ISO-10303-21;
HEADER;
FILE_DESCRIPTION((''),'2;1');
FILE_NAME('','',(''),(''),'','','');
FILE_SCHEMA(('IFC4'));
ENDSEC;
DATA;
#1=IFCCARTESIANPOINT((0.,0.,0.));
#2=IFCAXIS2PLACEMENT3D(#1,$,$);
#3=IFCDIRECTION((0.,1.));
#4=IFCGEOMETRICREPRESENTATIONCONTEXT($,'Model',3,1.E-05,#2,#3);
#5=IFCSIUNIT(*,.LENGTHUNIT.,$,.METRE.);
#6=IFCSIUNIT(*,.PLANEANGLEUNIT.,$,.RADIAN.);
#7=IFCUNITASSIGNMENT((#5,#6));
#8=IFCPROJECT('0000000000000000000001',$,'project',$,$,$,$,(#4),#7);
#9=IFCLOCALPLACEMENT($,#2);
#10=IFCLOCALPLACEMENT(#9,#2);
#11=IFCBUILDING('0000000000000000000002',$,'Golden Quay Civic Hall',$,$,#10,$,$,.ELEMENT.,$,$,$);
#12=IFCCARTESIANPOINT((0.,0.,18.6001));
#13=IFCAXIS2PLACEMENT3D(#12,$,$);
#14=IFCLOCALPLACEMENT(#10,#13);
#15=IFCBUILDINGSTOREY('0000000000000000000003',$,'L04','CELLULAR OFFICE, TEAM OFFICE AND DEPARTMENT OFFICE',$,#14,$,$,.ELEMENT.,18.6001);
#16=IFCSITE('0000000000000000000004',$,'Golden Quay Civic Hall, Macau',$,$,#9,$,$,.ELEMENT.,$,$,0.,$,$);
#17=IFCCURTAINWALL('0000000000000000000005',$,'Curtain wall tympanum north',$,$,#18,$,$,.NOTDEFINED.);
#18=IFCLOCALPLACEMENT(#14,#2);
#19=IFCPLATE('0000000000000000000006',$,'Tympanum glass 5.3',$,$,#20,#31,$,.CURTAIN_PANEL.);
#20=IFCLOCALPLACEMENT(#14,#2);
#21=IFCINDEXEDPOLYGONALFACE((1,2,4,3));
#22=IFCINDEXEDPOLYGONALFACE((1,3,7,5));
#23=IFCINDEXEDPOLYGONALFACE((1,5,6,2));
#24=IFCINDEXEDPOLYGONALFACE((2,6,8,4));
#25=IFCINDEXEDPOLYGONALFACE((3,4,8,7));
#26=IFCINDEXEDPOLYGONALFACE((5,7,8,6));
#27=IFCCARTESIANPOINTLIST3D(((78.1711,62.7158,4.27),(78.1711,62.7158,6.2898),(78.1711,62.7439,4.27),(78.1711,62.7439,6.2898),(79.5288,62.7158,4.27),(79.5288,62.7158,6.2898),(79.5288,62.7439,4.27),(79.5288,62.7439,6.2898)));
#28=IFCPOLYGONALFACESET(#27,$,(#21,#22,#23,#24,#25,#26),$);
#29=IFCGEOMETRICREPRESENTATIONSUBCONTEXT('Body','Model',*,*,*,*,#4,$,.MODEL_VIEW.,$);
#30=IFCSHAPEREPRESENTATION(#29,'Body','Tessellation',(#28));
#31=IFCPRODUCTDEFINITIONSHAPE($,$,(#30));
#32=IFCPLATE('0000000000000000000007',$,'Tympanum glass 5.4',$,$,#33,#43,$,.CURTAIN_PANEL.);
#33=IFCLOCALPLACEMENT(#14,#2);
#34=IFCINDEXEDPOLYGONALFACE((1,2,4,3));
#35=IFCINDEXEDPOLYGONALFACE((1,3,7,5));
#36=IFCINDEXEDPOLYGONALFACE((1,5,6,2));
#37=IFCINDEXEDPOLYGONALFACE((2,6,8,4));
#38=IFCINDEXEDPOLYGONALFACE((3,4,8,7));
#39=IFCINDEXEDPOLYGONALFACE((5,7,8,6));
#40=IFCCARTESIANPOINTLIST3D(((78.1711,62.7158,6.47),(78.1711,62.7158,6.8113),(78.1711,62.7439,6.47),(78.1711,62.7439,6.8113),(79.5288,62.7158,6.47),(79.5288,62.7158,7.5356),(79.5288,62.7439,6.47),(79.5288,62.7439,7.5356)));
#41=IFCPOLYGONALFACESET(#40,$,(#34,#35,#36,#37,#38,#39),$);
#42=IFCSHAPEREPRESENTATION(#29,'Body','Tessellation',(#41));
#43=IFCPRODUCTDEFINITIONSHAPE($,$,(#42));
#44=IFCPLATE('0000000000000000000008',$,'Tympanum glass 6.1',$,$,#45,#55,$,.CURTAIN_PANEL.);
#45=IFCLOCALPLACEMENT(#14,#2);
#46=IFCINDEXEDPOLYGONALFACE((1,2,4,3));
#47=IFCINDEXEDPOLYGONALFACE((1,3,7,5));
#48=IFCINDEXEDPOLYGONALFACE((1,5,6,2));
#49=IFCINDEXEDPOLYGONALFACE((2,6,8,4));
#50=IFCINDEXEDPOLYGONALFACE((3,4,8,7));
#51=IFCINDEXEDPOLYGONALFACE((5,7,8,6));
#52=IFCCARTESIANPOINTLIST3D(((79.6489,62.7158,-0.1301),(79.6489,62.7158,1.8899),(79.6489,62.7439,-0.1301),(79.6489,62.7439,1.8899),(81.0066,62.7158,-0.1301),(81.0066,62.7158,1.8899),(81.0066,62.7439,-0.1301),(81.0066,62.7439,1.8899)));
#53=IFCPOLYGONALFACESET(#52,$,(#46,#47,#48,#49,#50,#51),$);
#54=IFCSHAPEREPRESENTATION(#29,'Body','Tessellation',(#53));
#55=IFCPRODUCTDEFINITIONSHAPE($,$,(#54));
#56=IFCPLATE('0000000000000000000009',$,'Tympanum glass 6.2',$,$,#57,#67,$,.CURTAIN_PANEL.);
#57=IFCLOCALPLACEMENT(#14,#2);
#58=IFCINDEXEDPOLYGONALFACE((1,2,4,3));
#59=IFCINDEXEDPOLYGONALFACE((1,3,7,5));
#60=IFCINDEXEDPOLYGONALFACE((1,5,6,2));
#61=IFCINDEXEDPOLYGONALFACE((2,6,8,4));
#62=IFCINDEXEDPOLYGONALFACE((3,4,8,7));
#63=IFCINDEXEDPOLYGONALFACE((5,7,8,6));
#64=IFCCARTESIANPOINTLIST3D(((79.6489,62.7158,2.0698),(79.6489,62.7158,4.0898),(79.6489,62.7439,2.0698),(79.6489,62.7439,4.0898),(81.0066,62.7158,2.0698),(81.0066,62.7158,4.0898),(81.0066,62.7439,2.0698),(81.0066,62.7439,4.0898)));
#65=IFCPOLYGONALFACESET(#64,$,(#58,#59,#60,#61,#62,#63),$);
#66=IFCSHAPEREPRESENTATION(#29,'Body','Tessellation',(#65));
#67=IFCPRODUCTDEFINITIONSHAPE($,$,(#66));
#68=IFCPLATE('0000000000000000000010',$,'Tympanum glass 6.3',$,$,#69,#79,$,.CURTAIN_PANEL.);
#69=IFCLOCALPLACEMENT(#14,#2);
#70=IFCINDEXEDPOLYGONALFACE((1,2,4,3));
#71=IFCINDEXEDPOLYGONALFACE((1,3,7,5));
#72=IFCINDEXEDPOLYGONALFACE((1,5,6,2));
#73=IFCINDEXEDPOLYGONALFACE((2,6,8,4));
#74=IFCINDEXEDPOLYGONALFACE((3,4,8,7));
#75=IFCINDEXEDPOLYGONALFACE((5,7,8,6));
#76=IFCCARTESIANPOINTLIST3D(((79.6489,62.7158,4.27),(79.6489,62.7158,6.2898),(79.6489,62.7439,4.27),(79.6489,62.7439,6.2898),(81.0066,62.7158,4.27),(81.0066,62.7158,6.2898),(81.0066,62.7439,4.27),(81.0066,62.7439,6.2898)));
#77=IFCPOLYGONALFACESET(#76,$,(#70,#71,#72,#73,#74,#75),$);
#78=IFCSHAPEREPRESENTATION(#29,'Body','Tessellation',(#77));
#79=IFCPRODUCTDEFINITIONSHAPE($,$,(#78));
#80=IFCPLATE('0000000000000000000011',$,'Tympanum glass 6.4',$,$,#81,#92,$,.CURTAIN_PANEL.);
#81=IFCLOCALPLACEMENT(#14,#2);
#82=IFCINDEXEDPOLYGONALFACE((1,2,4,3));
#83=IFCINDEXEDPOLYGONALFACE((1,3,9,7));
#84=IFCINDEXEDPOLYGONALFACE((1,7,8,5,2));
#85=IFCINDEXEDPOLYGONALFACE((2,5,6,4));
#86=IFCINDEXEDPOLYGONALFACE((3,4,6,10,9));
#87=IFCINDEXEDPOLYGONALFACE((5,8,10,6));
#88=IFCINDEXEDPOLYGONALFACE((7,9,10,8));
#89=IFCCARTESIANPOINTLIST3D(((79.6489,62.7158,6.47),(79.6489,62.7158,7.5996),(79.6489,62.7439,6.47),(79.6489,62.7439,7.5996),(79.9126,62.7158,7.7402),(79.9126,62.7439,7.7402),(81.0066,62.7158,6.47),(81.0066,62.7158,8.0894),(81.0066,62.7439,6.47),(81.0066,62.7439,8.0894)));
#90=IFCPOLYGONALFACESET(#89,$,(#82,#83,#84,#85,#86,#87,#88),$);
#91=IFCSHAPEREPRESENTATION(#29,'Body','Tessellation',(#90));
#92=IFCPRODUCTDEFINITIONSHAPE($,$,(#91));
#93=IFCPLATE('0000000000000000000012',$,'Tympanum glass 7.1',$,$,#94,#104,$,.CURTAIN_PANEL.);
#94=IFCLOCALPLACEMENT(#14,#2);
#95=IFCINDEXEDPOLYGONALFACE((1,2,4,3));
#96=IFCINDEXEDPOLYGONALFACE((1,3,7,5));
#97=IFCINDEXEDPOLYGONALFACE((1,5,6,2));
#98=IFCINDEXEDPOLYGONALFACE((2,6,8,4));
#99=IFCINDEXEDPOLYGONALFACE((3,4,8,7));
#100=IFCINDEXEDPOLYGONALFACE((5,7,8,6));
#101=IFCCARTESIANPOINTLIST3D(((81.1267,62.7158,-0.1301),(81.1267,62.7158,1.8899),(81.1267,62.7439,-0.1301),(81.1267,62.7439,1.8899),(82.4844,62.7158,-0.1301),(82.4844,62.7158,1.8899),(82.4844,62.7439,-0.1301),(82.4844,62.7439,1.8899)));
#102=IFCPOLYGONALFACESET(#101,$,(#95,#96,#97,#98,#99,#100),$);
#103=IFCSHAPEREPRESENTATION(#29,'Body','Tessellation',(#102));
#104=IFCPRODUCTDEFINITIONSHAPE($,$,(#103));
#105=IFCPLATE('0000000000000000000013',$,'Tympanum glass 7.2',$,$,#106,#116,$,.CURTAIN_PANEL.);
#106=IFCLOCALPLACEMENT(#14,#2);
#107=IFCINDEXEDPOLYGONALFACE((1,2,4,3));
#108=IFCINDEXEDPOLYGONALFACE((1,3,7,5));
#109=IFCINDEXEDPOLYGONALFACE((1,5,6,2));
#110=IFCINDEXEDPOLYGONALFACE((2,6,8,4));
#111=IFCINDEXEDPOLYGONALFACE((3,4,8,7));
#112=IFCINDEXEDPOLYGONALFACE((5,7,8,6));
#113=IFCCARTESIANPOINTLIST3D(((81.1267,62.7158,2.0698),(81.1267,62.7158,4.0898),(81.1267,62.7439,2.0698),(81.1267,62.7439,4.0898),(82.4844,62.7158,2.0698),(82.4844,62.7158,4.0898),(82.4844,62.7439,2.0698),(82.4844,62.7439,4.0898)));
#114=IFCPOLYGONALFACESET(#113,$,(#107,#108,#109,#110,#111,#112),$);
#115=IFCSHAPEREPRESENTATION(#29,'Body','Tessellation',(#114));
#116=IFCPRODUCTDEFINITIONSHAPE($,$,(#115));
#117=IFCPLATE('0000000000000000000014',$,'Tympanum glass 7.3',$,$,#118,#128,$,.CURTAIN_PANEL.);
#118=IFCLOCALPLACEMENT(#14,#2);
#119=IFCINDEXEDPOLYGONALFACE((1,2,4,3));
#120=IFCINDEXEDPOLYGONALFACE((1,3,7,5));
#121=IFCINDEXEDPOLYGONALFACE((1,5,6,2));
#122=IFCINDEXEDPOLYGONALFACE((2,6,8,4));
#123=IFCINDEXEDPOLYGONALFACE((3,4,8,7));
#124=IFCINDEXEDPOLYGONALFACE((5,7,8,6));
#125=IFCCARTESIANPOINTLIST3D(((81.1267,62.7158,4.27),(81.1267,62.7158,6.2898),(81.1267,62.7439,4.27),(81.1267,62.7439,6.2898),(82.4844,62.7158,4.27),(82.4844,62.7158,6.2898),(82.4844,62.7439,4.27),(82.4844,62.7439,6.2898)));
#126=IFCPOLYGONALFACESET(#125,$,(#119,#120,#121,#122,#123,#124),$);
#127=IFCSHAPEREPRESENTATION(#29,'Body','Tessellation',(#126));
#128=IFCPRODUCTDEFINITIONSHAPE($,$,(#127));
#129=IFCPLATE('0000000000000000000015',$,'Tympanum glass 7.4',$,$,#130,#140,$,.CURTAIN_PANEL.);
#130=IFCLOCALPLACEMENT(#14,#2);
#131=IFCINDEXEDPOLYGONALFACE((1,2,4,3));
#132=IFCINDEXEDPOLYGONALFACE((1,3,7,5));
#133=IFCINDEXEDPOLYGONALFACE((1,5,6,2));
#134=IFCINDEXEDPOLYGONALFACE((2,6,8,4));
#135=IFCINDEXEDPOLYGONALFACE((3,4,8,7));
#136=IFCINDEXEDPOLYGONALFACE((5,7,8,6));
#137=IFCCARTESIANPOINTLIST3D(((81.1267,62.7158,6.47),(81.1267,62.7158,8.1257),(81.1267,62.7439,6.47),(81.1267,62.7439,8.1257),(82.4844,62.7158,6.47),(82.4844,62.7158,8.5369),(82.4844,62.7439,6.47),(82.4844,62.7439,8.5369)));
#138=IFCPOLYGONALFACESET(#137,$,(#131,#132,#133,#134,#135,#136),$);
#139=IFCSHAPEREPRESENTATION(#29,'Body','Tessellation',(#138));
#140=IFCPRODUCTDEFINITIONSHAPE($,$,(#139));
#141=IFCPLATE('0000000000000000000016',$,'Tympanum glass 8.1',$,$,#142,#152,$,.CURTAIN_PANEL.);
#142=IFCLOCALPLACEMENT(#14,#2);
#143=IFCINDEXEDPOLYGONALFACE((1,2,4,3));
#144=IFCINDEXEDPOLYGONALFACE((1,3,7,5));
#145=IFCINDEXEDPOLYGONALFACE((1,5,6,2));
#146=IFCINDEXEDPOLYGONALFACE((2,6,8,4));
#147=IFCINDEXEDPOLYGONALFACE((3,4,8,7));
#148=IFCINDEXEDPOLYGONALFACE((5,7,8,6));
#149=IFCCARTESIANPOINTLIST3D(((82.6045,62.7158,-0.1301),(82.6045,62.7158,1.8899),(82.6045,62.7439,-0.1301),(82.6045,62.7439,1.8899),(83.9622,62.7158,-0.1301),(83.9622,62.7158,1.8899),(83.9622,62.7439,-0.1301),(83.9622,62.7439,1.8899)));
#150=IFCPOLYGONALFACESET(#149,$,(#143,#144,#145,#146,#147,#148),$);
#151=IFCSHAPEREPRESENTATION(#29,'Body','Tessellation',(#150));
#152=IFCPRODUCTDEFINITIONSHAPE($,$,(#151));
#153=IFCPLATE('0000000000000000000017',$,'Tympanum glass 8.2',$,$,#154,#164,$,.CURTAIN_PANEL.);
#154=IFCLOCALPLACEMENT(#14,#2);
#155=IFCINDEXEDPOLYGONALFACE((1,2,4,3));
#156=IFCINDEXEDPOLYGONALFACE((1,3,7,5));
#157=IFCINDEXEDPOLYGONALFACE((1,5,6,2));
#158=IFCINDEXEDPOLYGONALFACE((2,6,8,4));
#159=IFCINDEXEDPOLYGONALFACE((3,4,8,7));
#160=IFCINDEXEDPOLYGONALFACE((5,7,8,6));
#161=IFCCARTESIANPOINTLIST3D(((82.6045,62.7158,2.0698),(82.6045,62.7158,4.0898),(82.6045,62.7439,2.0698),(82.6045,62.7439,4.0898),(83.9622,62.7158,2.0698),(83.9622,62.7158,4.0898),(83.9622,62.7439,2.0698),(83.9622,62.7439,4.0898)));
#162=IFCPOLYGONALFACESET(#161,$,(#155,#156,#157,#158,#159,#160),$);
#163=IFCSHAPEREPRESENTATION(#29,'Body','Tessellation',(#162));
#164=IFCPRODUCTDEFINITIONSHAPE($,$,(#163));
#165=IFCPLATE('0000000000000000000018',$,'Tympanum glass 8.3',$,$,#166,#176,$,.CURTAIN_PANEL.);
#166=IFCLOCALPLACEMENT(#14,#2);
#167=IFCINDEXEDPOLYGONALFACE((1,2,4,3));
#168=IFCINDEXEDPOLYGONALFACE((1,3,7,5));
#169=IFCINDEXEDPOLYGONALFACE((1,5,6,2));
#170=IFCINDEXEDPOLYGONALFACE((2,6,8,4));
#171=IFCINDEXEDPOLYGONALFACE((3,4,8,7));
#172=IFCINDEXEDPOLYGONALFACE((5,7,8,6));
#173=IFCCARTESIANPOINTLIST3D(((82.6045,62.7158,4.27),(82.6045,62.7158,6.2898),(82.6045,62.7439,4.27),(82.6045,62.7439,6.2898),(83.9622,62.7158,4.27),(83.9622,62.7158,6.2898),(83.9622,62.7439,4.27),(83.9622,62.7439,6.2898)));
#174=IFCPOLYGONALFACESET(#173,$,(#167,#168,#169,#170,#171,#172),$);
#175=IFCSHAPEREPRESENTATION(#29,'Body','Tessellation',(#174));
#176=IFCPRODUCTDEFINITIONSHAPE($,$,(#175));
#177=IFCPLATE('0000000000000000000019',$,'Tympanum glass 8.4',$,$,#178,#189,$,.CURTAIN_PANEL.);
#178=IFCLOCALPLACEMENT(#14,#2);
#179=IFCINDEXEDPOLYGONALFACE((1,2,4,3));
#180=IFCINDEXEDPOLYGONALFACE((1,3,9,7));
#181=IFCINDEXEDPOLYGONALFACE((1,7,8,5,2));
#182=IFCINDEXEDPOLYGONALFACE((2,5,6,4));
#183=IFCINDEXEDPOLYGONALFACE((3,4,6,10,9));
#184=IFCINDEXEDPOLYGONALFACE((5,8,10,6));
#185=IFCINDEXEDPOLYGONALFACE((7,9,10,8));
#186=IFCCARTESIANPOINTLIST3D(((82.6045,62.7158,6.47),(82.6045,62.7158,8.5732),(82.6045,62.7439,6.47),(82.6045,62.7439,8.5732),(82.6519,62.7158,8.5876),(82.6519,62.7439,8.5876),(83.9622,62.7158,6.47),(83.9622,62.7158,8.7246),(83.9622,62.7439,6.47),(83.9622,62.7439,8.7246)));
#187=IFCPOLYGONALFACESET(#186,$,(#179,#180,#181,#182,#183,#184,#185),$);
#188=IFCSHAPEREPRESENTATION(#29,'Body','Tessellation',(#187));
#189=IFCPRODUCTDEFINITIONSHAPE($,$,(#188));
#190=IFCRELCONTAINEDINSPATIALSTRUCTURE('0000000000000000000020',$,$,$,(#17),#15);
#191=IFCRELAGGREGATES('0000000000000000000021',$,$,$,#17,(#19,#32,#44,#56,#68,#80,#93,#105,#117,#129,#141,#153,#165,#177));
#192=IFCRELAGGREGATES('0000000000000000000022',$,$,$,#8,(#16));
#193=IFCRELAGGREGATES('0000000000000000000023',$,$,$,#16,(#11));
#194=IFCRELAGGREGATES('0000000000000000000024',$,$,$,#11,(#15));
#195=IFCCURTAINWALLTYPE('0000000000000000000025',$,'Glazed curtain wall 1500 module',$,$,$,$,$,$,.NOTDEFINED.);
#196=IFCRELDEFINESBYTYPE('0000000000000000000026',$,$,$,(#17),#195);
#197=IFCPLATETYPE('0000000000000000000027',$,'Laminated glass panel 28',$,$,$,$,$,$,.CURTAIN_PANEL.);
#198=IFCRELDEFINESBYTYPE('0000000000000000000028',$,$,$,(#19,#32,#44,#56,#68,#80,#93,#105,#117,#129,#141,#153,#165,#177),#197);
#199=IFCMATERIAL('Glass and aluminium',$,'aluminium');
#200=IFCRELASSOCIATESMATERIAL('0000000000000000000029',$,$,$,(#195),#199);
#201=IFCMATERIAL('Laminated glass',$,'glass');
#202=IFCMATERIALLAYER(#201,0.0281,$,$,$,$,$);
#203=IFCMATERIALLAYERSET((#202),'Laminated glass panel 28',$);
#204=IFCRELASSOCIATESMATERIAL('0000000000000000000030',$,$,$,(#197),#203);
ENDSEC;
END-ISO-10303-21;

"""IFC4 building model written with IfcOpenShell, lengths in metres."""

from ifc_helpers import new_model, si_unit, direction, frame, origin, place, context, subcontext, project, spatial, polyline, outline, extrude, material, layer, layer_set, type_object, element, aggregate, save


model = new_model("IFC4")

# Units and contexts
model_context = context("Model", 3, precision=1e-05, world=origin(), true_north=direction((0.0, 1.0)))
body_context = subcontext(model_context, "Body", "Model", "MODEL_VIEW")
ifc_project = project(units=[si_unit("LENGTHUNIT", "METRE"), si_unit("PLANEANGLEUNIT", "RADIAN")], contexts=[model_context])

# Site, building, storey
site_placement = place(None, origin())
site = spatial("IfcSite", under=ifc_project, at=site_placement, Name="Golden Quay Civic Hall, Macau", CompositionType="ELEMENT", RefElevation=0.0)
building_placement = place(site_placement, origin())
building = spatial("IfcBuilding", under=site, at=building_placement, Name="Golden Quay Civic Hall", CompositionType="ELEMENT")
storey_placement = place(building_placement, frame((0.0, 0.0, 18.6001)))
storey = spatial("IfcBuildingStorey", under=building, at=storey_placement, Name="L04", Description="CELLULAR OFFICE, TEAM OFFICE AND DEPARTMENT OFFICE", CompositionType="ELEMENT", Elevation=18.6001)

# Curtain wall, plates
ifc_material_1 = material(Name="Glass and aluminium", Category="aluminium")
curtain_wall_type = type_object("IfcCurtainWallType", Name="Glazed curtain wall 1500 module", PredefinedType="NOTDEFINED", material=ifc_material_1)
curtain_wall_placement = place(storey_placement, origin())
curtain_wall = element("IfcCurtainWall", 1, at=curtain_wall_placement, inside=storey, type_object=curtain_wall_type, Name="Curtain wall tympanum north", PredefinedType="NOTDEFINED")
ifc_material_2 = material(Name="Laminated glass", Category="glass")
ifc_layer_1 = layer(ifc_material_2, 0.0281)
ifc_layer_set_1 = layer_set([ifc_layer_1], Name="Laminated glass panel 28")
plate_type = type_object("IfcPlateType", Name="Laminated glass panel 28", PredefinedType="CURTAIN_PANEL", material=ifc_layer_set_1)
plate_1_placement = place(storey_placement, frame((79.5288, 62.7439, 4.27), z_axis=(0.0, 1.0, 0.0), x_axis=(-1.0, 0.0, 0.0)))
plate_1 = element("IfcPlate", 2, at=plate_1_placement, type_object=plate_type, Name="Tympanum glass 5.3", PredefinedType="CURTAIN_PANEL", context=body_context, shape_type="SweptSolid", body=[
    extrude(outline(polyline([(0.0, 0.0), (1.3577, 0.0), (1.3577, 2.0198), (0.0, 2.0198), (0.0, 0.0)])), origin(), (0.0, 0.0, -1.0), 0.0281),
])
plate_2_placement = place(storey_placement, frame((79.5288, 62.7439, 6.47), z_axis=(0.0, 1.0, 0.0), x_axis=(-1.0, 0.0, 0.0)))
plate_2 = element("IfcPlate", 3, at=plate_2_placement, type_object=plate_type, Name="Tympanum glass 5.4", PredefinedType="CURTAIN_PANEL", context=body_context, shape_type="SweptSolid", body=[
    extrude(outline(polyline([(0.0, 0.0), (1.3577, 0.0), (1.3577, 0.3413), (0.0, 1.0657), (0.0, 0.0)])), origin(), (0.0, 0.0, -1.0), 0.0281),
])
plate_3_placement = place(storey_placement, frame((81.0066, 62.7439, -0.1301), z_axis=(0.0, 1.0, 0.0), x_axis=(-1.0, 0.0, 0.0)))
plate_3 = element("IfcPlate", 4, at=plate_3_placement, type_object=plate_type, Name="Tympanum glass 6.1", PredefinedType="CURTAIN_PANEL", context=body_context, shape_type="SweptSolid", body=[
    extrude(outline(polyline([(0.0, 0.0), (1.3577, 0.0), (1.3577, 2.02), (0.0, 2.02), (0.0, 0.0)])), origin(), (0.0, 0.0, -1.0), 0.0281),
])
plate_4_placement = place(storey_placement, frame((81.0066, 62.7439, 2.0698), z_axis=(0.0, 1.0, 0.0), x_axis=(-1.0, 0.0, 0.0)))
plate_4 = element("IfcPlate", 5, at=plate_4_placement, type_object=plate_type, Name="Tympanum glass 6.2", PredefinedType="CURTAIN_PANEL", context=body_context, shape_type="SweptSolid", body=[
    extrude(outline(polyline([(0.0, 0.0), (1.3577, 0.0), (1.3577, 2.02), (0.0, 2.02), (0.0, 0.0)])), origin(), (0.0, 0.0, -1.0), 0.0281),
])
plate_5_placement = place(storey_placement, frame((81.0066, 62.7439, 4.27), z_axis=(0.0, 1.0, 0.0), x_axis=(-1.0, 0.0, 0.0)))
plate_5 = element("IfcPlate", 6, at=plate_5_placement, type_object=plate_type, Name="Tympanum glass 6.3", PredefinedType="CURTAIN_PANEL", context=body_context, shape_type="SweptSolid", body=[
    extrude(outline(polyline([(0.0, 0.0), (1.3577, 0.0), (1.3577, 2.0198), (0.0, 2.0198), (0.0, 0.0)])), origin(), (0.0, 0.0, -1.0), 0.0281),
])
plate_6_placement = place(storey_placement, frame((81.0066, 62.7439, 6.47), z_axis=(0.0, 1.0, 0.0), x_axis=(-1.0, 0.0, 0.0)))
plate_6 = element("IfcPlate", 7, at=plate_6_placement, type_object=plate_type, Name="Tympanum glass 6.4", PredefinedType="CURTAIN_PANEL", context=body_context, shape_type="SweptSolid", body=[
    extrude(outline(polyline([(0.0, 0.0), (1.3577, 0.0), (1.3577, 1.1296), (1.094, 1.2703), (0.0, 1.6194), (0.0, 0.0)])), origin(), (0.0, 0.0, -1.0), 0.0281),
])
plate_7_placement = place(storey_placement, frame((82.4844, 62.7439, -0.1301), z_axis=(0.0, 1.0, 0.0), x_axis=(-1.0, 0.0, 0.0)))
plate_7 = element("IfcPlate", 8, at=plate_7_placement, type_object=plate_type, Name="Tympanum glass 7.1", PredefinedType="CURTAIN_PANEL", context=body_context, shape_type="SweptSolid", body=[
    extrude(outline(polyline([(0.0, 0.0), (1.3577, 0.0), (1.3577, 2.02), (0.0, 2.02), (0.0, 0.0)])), origin(), (0.0, 0.0, -1.0), 0.0281),
])
plate_8_placement = place(storey_placement, frame((82.4844, 62.7439, 2.0698), z_axis=(0.0, 1.0, 0.0), x_axis=(-1.0, 0.0, 0.0)))
plate_8 = element("IfcPlate", 9, at=plate_8_placement, type_object=plate_type, Name="Tympanum glass 7.2", PredefinedType="CURTAIN_PANEL", context=body_context, shape_type="SweptSolid", body=[
    extrude(outline(polyline([(0.0, 0.0), (1.3577, 0.0), (1.3577, 2.02), (0.0, 2.02), (0.0, 0.0)])), origin(), (0.0, 0.0, -1.0), 0.0281),
])
plate_9_placement = place(storey_placement, frame((82.4844, 62.7439, 4.27), z_axis=(0.0, 1.0, 0.0), x_axis=(-1.0, 0.0, 0.0)))
plate_9 = element("IfcPlate", 10, at=plate_9_placement, type_object=plate_type, Name="Tympanum glass 7.3", PredefinedType="CURTAIN_PANEL", context=body_context, shape_type="SweptSolid", body=[
    extrude(outline(polyline([(0.0, 0.0), (1.3577, 0.0), (1.3577, 2.0198), (0.0, 2.0198), (0.0, 0.0)])), origin(), (0.0, 0.0, -1.0), 0.0281),
])
plate_10_placement = place(storey_placement, frame((82.4844, 62.7439, 6.47), z_axis=(0.0, 1.0, 0.0), x_axis=(-1.0, 0.0, 0.0)))
plate_10 = element("IfcPlate", 11, at=plate_10_placement, type_object=plate_type, Name="Tympanum glass 7.4", PredefinedType="CURTAIN_PANEL", context=body_context, shape_type="SweptSolid", body=[
    extrude(outline(polyline([(0.0, 0.0), (1.3577, 0.0), (1.3577, 1.6558), (0.0, 2.0669), (0.0, 0.0)])), origin(), (0.0, 0.0, -1.0), 0.0281),
])
plate_11_placement = place(storey_placement, frame((83.9622, 62.7439, -0.1301), z_axis=(0.0, 1.0, 0.0), x_axis=(-1.0, 0.0, 0.0)))
plate_11 = element("IfcPlate", 12, at=plate_11_placement, type_object=plate_type, Name="Tympanum glass 8.1", PredefinedType="CURTAIN_PANEL", context=body_context, shape_type="SweptSolid", body=[
    extrude(outline(polyline([(0.0, 0.0), (1.3577, 0.0), (1.3577, 2.02), (0.0, 2.02), (0.0, 0.0)])), origin(), (0.0, 0.0, -1.0), 0.0281),
])
plate_12_placement = place(storey_placement, frame((83.9622, 62.7439, 2.0698), z_axis=(0.0, 1.0, 0.0), x_axis=(-1.0, 0.0, 0.0)))
plate_12 = element("IfcPlate", 13, at=plate_12_placement, type_object=plate_type, Name="Tympanum glass 8.2", PredefinedType="CURTAIN_PANEL", context=body_context, shape_type="SweptSolid", body=[
    extrude(outline(polyline([(0.0, 0.0), (1.3577, 0.0), (1.3577, 2.02), (0.0, 2.02), (0.0, 0.0)])), origin(), (0.0, 0.0, -1.0), 0.0281),
])
plate_13_placement = place(storey_placement, frame((83.9622, 62.7439, 4.27), z_axis=(0.0, 1.0, 0.0), x_axis=(-1.0, 0.0, 0.0)))
plate_13 = element("IfcPlate", 14, at=plate_13_placement, type_object=plate_type, Name="Tympanum glass 8.3", PredefinedType="CURTAIN_PANEL", context=body_context, shape_type="SweptSolid", body=[
    extrude(outline(polyline([(0.0, 0.0), (1.3577, 0.0), (1.3577, 2.0198), (0.0, 2.0198), (0.0, 0.0)])), origin(), (0.0, 0.0, -1.0), 0.0281),
])
plate_14_placement = place(storey_placement, frame((83.9622, 62.7439, 6.47), z_axis=(0.0, 1.0, 0.0), x_axis=(-1.0, 0.0, 0.0)))
plate_14 = element("IfcPlate", 15, at=plate_14_placement, type_object=plate_type, Name="Tympanum glass 8.4", PredefinedType="CURTAIN_PANEL", context=body_context, shape_type="SweptSolid", body=[
    extrude(outline(polyline([(0.0, 0.0), (1.3577, 0.0), (1.3577, 2.1033), (1.3103, 2.1177), (0.0, 2.2546), (0.0, 0.0)])), origin(), (0.0, 0.0, -1.0), 0.0281),
])
aggregate(curtain_wall, [plate_1, plate_2, plate_3, plate_4, plate_5, plate_6, plate_7, plate_8, plate_9, plate_10, plate_11, plate_12, plate_13, plate_14])

save(model, "model.ifc")
